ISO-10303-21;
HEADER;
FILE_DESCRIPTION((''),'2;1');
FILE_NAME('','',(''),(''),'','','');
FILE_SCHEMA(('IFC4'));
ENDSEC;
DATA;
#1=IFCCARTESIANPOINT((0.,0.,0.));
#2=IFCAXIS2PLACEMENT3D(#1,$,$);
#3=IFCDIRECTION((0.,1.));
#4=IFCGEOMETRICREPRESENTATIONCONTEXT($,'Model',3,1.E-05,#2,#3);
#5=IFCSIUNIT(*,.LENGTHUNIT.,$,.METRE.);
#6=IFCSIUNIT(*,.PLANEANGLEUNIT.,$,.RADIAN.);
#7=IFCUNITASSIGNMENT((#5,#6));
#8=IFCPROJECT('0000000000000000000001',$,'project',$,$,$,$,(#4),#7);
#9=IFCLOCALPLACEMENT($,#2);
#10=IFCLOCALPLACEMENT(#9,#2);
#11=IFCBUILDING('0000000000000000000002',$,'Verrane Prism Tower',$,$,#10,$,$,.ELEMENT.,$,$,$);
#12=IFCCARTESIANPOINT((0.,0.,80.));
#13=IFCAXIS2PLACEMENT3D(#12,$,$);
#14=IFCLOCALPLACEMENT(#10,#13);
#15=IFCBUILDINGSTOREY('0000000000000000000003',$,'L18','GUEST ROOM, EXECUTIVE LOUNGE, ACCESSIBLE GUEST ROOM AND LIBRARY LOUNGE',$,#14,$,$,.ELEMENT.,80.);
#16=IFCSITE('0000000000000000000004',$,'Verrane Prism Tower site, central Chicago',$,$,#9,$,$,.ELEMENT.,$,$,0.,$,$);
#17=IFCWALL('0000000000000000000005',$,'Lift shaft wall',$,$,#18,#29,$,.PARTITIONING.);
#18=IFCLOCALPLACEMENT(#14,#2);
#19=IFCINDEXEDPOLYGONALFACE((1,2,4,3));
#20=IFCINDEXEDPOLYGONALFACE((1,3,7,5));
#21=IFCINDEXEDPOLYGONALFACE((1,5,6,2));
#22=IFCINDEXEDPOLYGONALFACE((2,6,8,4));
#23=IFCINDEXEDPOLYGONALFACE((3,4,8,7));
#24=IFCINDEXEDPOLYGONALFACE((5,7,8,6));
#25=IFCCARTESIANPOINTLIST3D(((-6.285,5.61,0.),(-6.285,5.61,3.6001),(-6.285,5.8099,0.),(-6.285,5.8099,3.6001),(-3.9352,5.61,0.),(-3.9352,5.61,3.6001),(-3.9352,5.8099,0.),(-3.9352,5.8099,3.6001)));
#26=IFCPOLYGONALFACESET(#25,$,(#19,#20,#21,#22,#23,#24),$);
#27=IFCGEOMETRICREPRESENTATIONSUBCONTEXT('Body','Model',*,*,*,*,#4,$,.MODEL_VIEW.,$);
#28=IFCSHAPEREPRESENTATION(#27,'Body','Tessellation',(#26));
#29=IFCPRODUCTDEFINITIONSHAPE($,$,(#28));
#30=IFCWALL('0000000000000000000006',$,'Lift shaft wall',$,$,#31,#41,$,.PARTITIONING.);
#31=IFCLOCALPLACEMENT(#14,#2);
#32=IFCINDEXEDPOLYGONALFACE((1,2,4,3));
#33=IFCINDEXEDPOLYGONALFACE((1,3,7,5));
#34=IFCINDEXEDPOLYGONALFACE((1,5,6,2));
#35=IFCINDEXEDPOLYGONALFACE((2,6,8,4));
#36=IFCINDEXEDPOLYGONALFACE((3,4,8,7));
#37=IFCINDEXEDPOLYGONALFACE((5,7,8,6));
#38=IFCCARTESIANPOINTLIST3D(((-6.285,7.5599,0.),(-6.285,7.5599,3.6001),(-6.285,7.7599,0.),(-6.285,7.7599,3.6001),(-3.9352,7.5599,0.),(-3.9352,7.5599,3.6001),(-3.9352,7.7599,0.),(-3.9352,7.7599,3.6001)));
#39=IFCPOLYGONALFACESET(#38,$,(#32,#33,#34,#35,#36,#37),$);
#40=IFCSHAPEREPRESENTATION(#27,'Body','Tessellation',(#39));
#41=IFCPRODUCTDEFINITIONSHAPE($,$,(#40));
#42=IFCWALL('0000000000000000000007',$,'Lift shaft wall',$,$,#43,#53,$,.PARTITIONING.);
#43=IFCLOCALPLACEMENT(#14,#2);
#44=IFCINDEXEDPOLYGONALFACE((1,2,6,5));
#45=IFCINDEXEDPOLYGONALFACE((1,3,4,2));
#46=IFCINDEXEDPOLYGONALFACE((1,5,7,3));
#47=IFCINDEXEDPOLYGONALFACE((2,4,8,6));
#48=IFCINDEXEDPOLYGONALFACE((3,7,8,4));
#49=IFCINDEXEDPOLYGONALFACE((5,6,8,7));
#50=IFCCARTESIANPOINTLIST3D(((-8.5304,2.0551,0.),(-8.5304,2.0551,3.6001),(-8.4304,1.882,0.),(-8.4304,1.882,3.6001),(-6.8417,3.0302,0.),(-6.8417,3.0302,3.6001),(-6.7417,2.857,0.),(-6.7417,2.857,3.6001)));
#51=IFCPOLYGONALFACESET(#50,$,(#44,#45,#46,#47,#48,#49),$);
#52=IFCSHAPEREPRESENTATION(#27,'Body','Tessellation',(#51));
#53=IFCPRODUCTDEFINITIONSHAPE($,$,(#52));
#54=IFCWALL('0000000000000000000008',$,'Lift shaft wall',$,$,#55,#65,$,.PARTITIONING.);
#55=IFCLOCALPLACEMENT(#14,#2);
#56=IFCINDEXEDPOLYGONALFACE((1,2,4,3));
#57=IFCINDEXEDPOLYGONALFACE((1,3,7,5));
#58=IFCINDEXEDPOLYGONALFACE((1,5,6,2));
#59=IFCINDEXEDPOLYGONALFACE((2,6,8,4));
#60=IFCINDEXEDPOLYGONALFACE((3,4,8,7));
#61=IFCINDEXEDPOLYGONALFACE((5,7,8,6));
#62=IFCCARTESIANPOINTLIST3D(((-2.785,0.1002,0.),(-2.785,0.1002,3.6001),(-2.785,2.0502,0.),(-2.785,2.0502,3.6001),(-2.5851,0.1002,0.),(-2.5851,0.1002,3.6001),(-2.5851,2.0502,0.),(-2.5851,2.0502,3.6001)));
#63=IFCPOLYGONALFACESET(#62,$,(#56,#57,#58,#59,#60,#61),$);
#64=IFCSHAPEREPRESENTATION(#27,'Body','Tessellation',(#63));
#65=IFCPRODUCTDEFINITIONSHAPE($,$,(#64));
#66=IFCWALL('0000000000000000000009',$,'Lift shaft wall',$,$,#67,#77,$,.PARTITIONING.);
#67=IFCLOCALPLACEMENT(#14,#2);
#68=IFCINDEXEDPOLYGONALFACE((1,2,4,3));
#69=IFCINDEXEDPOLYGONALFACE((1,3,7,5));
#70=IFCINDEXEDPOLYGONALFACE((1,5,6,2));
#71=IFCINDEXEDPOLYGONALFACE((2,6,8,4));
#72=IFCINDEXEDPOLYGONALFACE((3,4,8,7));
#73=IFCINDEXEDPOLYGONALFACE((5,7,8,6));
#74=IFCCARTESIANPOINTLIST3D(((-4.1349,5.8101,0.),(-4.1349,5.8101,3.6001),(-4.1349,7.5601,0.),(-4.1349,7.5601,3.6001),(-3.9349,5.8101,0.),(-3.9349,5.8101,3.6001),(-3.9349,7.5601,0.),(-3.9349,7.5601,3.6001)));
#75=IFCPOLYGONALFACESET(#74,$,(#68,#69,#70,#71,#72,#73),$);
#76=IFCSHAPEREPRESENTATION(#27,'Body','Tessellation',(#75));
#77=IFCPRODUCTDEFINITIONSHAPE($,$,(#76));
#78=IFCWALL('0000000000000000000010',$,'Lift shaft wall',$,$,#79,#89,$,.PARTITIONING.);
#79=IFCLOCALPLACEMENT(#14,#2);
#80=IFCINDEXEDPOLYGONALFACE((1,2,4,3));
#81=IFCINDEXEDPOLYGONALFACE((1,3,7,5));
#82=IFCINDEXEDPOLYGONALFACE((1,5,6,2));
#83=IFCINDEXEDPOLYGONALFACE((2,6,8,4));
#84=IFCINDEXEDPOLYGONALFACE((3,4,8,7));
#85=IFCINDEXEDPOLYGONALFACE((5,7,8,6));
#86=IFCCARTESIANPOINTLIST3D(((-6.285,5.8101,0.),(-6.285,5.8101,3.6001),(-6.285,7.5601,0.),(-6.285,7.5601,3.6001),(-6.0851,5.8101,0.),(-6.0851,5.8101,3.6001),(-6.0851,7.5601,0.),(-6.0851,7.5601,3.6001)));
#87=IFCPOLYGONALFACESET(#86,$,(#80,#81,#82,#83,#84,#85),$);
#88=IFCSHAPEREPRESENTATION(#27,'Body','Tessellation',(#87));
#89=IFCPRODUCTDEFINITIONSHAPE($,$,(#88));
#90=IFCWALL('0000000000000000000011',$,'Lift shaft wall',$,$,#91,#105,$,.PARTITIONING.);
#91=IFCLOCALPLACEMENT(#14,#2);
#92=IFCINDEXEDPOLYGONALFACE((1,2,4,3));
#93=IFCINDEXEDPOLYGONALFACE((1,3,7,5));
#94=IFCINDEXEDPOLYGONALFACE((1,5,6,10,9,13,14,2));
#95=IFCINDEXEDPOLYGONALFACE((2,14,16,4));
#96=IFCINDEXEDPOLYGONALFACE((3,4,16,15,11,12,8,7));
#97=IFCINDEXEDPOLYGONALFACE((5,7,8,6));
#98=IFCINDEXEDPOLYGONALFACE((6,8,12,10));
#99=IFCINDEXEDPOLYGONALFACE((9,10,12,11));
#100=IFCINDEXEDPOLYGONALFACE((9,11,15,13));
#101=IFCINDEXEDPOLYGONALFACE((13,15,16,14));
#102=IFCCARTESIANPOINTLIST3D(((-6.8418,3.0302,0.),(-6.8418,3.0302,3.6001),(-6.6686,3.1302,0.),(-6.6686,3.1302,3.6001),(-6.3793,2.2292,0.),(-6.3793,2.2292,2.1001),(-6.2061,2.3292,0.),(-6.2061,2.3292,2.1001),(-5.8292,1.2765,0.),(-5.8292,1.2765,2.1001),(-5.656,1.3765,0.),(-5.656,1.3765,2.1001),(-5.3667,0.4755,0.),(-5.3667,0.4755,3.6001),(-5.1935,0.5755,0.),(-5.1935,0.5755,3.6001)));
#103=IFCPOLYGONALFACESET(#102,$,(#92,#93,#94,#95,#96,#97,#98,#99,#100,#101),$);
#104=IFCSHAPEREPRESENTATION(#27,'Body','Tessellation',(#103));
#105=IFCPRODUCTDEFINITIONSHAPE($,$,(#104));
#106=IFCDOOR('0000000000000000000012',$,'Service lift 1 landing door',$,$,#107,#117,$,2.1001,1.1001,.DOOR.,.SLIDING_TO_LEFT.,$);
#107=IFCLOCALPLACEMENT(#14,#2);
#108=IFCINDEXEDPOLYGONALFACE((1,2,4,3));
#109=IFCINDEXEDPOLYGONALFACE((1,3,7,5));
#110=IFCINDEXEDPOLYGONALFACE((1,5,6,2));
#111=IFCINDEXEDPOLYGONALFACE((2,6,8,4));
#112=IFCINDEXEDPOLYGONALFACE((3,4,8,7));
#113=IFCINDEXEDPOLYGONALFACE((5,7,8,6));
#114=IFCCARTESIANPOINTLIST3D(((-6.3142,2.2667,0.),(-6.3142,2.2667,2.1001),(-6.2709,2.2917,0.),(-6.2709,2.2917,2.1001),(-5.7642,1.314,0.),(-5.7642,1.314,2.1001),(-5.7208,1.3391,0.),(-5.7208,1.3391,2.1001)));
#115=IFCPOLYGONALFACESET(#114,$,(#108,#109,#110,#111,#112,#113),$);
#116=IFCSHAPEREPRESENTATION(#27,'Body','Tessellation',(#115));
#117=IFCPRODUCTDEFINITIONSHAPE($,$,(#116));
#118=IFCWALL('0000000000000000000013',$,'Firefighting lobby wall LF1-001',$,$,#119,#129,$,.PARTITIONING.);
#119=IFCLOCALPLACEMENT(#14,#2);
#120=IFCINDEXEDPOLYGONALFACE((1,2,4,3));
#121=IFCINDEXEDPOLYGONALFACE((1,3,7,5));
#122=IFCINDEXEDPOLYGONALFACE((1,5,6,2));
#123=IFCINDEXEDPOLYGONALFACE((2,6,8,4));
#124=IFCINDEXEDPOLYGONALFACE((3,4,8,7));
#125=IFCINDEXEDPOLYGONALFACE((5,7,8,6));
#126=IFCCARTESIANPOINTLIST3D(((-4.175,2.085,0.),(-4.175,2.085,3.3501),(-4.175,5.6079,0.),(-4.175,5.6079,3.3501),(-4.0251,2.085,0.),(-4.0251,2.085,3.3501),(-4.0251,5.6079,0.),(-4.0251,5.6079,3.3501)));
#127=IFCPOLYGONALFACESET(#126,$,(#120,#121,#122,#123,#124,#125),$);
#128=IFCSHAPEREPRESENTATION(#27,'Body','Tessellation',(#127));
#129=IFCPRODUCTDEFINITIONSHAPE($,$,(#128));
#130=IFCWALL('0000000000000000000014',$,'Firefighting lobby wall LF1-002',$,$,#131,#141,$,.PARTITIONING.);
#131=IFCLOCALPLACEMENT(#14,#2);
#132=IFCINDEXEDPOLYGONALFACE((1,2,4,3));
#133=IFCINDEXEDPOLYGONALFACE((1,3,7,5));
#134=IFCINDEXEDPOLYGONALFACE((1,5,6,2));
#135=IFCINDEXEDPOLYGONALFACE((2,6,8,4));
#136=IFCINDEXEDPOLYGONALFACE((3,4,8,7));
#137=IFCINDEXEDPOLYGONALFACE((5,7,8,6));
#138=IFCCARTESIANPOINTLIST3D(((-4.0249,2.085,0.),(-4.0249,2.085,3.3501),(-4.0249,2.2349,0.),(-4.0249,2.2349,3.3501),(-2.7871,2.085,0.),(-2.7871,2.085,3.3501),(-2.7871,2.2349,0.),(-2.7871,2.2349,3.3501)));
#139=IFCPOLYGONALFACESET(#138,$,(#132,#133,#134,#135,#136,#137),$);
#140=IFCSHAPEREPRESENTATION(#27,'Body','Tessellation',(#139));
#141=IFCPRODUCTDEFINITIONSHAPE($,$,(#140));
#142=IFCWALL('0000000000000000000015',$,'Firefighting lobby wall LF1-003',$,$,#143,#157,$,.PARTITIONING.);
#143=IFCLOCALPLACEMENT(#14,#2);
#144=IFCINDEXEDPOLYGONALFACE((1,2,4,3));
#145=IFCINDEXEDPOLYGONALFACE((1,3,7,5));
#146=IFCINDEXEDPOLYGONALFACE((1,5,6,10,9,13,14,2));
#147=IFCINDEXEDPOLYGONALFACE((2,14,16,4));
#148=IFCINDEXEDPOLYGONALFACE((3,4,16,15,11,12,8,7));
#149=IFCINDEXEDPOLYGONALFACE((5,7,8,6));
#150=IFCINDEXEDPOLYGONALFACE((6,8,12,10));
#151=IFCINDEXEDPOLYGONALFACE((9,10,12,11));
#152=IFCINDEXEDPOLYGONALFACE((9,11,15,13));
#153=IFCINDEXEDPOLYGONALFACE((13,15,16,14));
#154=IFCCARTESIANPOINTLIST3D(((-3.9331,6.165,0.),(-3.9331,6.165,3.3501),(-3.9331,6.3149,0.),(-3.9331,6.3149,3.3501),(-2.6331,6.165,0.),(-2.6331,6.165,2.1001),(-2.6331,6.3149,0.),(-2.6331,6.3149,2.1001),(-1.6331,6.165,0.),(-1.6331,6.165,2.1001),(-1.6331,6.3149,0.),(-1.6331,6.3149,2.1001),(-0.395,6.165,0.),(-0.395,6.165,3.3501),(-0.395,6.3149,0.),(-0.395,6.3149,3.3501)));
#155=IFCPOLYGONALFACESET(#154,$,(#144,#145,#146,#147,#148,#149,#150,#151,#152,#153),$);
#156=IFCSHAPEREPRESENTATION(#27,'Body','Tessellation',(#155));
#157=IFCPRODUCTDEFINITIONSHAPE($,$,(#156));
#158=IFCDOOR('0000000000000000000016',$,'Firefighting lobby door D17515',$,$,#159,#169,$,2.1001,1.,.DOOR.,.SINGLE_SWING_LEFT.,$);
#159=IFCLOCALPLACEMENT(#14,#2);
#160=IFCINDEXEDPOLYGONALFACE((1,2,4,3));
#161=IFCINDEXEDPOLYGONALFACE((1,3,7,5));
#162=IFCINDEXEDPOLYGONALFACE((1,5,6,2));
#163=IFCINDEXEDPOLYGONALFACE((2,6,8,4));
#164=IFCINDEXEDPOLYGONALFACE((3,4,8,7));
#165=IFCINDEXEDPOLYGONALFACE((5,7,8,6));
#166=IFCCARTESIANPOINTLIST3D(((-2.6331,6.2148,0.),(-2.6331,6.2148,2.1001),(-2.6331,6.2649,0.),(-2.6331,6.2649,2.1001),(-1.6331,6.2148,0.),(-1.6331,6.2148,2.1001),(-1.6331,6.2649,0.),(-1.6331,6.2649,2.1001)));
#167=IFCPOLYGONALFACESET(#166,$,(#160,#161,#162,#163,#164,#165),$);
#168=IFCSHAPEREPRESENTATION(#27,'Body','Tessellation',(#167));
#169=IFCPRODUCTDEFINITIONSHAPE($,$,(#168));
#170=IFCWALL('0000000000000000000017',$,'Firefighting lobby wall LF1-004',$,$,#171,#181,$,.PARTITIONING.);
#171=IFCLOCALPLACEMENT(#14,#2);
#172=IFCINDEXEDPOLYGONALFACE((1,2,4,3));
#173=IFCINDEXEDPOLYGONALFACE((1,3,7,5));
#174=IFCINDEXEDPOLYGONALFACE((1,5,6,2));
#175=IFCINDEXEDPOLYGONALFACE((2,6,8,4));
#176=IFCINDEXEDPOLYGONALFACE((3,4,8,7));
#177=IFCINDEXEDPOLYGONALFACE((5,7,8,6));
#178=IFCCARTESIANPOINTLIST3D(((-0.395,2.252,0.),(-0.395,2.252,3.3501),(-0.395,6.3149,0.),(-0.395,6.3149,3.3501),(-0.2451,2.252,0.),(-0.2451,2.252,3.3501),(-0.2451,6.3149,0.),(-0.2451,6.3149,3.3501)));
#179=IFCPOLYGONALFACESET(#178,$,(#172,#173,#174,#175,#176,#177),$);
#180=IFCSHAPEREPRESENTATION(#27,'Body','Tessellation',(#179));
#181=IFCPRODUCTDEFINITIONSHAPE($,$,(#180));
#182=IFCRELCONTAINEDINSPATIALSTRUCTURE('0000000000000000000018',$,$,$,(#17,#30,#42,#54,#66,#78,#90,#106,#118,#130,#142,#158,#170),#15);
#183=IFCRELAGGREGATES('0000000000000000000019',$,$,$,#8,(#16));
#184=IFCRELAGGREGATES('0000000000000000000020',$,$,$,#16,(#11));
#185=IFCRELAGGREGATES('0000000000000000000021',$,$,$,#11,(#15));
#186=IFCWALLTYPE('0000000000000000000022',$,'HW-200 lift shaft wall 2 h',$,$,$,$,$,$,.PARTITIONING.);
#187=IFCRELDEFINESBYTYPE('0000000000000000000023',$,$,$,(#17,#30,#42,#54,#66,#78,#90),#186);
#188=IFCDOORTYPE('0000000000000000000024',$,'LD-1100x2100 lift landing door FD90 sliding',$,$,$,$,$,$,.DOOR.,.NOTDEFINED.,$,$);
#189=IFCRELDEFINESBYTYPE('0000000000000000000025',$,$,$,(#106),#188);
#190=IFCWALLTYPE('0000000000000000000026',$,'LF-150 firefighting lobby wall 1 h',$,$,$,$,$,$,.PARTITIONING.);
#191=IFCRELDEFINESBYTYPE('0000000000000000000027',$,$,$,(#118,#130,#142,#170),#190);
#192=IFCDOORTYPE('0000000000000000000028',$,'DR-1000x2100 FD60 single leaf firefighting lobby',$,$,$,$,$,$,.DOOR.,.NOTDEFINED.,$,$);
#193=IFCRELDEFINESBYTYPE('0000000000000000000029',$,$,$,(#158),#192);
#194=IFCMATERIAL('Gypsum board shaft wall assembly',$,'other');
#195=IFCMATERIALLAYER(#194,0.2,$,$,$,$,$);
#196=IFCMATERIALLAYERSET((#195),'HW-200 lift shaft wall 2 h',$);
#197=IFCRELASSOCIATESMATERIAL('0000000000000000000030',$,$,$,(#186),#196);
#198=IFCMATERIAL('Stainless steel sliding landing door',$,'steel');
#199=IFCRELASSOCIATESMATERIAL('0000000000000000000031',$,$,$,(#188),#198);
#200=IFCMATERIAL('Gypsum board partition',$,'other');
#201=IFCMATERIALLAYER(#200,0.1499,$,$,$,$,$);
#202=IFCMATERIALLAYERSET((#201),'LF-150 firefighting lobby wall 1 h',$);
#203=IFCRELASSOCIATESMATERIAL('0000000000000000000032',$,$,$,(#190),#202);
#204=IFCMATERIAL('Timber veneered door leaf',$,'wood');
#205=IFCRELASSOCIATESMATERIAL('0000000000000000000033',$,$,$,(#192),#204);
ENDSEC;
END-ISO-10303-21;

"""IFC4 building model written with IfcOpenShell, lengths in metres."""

from ifc_helpers import new_model, si_unit, direction, frame, frame_2d, origin, place, context, subcontext, project, spatial, rectangle, extrude, material, layer, layer_set, type_object, element, fill, save


model = new_model("IFC4")

# Units and contexts
model_context = context("Model", 3, precision=1e-05, world=origin(), true_north=direction((0.0, 1.0)))
body_context = subcontext(model_context, "Body", "Model", "MODEL_VIEW")
ifc_project = project(units=[si_unit("LENGTHUNIT", "METRE"), si_unit("PLANEANGLEUNIT", "RADIAN")], contexts=[model_context])

# Site, building, storey
site_placement = place(None, origin())
site = spatial("IfcSite", under=ifc_project, at=site_placement, Name="Verrane Prism Tower site, central Chicago", CompositionType="ELEMENT", RefElevation=0.0)
building_placement = place(site_placement, origin())
building = spatial("IfcBuilding", under=site, at=building_placement, Name="Verrane Prism Tower", CompositionType="ELEMENT")
storey_placement = place(building_placement, frame((0.0, 0.0, 80.0)))
storey = spatial("IfcBuildingStorey", under=building, at=storey_placement, Name="L18", Description="GUEST ROOM, EXECUTIVE LOUNGE, ACCESSIBLE GUEST ROOM AND LIBRARY LOUNGE", CompositionType="ELEMENT", Elevation=80.0)

# Shared definitions
ifc_material_1 = material(Name="Gypsum board shaft wall assembly", Category="other")
ifc_layer_1 = layer(ifc_material_1, 0.2)
ifc_layer_set_1 = layer_set([ifc_layer_1], Name="HW-200 lift shaft wall 2 h")
wall_type_1 = type_object("IfcWallType", Name="HW-200 lift shaft wall 2 h", PredefinedType="PARTITIONING", material=ifc_layer_set_1)
ifc_material_2 = material(Name="Stainless steel sliding landing door", Category="steel")
door_type_1 = type_object("IfcDoorType", Name="LD-1100x2100 lift landing door FD90 sliding", OperationType="NOTDEFINED", PredefinedType="DOOR", material=ifc_material_2)

# Walls
for number, where, z_axis, x_axis, name in (
    (1, (-6.2849, 5.71, 0.0), (0.0, 0.0, 1.0), (1.0, 0.0, 0.0), "Lift shaft wall"),
    (2, (-6.2849, 7.6599, 0.0), (0.0, 0.0, 1.0), (1.0, 0.0, 0.0), "Lift shaft wall"),
):
    element("IfcWall", number, at=place(storey_placement, frame(where, z_axis=z_axis, x_axis=x_axis)), inside=storey, type_object=wall_type_1, Name=name, PredefinedType="PARTITIONING", context=body_context, shape_type="SweptSolid", body=[
        extrude(rectangle(XDim=2.3499, YDim=0.2, at=frame_2d((1.1748, 0.0))), origin(), (0.0, 0.0, 1.0), 3.6001),
    ])
for number, where, z_axis, x_axis, name in (
    (3, (-8.4805, 1.9685, 0.0), (0.0, 0.0, 1.0), (0.866, 0.500044, 0.0), "Lift shaft wall"),
    (4, (-2.6851, 0.1001, 0.0), (0.0, 0.0, 1.0), (0.0, 1.0, 0.0), "Lift shaft wall"),
):
    element("IfcWall", number, at=place(storey_placement, frame(where, z_axis=z_axis, x_axis=x_axis)), inside=storey, type_object=wall_type_1, Name=name, PredefinedType="PARTITIONING", context=body_context, shape_type="SweptSolid", body=[
        extrude(rectangle(XDim=1.95, YDim=0.2, at=frame_2d((0.9751, 0.0))), origin(), (0.0, 0.0, 1.0), 3.6001),
    ])
for number, where, z_axis, x_axis, name in (
    (5, (-4.0349, 5.8101, 0.0), (0.0, 0.0, 1.0), (0.0, 1.0, 0.0), "Lift shaft wall"),
    (6, (-6.1851, 5.8101, 0.0), (0.0, 0.0, 1.0), (0.0, 1.0, 0.0), "Lift shaft wall"),
):
    element("IfcWall", number, at=place(storey_placement, frame(where, z_axis=z_axis, x_axis=x_axis)), inside=storey, type_object=wall_type_1, Name=name, PredefinedType="PARTITIONING", context=body_context, shape_type="SweptSolid", body=[
        extrude(rectangle(XDim=1.75, YDim=0.2, at=frame_2d((0.875, 0.0))), origin(), (0.0, 0.0, 1.0), 3.6001),
    ])

# Wall, opening, door
wall_1_placement = place(storey_placement, frame((-5.28, 0.5254, 0.0), z_axis=(0.0, 0.0, 1.0), x_axis=(-0.500038, 0.866004, 0.0)))
wall_1 = element("IfcWall", 7, at=wall_1_placement, inside=storey, type_object=wall_type_1, Name="Lift shaft wall", PredefinedType="PARTITIONING", context=body_context, shape_type="SweptSolid", body=[
    extrude(rectangle(XDim=2.95, YDim=0.2, at=frame_2d((1.4751, 0.0))), origin(), (0.0, 0.0, 1.0), 3.6001),
])
opening_1_placement = place(wall_1_placement, frame((0.925, 0.0, 0.0)))
opening_1 = element("IfcOpeningElement", 8, at=opening_1_placement, cuts=wall_1, PredefinedType="OPENING", context=body_context, shape_type="SweptSolid", body=[
    extrude(rectangle(XDim=1.1001, YDim=2.1001, at=frame_2d((0.55, 1.05))), frame((0.0, 0.1099, 0.0), z_axis=(0.0, -1.0, 0.0), x_axis=(1.0, 0.0, 0.0)), (0.0, 0.0, 1.0), 0.22),
])
door_1_placement = place(opening_1_placement, origin())
door_1 = element("IfcDoor", 9, at=door_1_placement, inside=storey, type_object=door_type_1, Name="Service lift 1 landing door", OperationType="SLIDING_TO_LEFT", OverallHeight=2.1001, OverallWidth=1.1001, PredefinedType="DOOR", context=body_context, shape_type="SweptSolid", body=[
    extrude(rectangle(XDim=1.1001, YDim=2.1001, at=frame_2d((0.55, 1.05))), frame((0.0, 0.0249, 0.0), z_axis=(0.0, -1.0, 0.0), x_axis=(1.0, 0.0, 0.0)), (0.0, 0.0, 1.0), 0.05),
])
fill(opening_1, door_1)

# Walls
ifc_material_3 = material(Name="Gypsum board partition", Category="other")
ifc_layer_2 = layer(ifc_material_3, 0.1499)
ifc_layer_set_2 = layer_set([ifc_layer_2], Name="LF-150 firefighting lobby wall 1 h")
wall_type_2 = type_object("IfcWallType", Name="LF-150 firefighting lobby wall 1 h", PredefinedType="PARTITIONING", material=ifc_layer_set_2)
wall_2_placement = place(storey_placement, frame((-4.1001, 2.085, 0.0), z_axis=(0.0, 0.0, 1.0), x_axis=(0.0, 1.0, 0.0)))
element("IfcWall", 10, at=wall_2_placement, inside=storey, type_object=wall_type_2, Name="Firefighting lobby wall LF1-001", PredefinedType="PARTITIONING", context=body_context, shape_type="SweptSolid", body=[
    extrude(rectangle(XDim=3.5229, YDim=0.1499, at=frame_2d((1.7615, 0.0))), origin(), (0.0, 0.0, 1.0), 3.3501),
])
wall_3_placement = place(storey_placement, frame((-4.0249, 2.1599, 0.0), z_axis=(0.0, 0.0, 1.0), x_axis=(1.0, 0.0, 0.0)))
element("IfcWall", 11, at=wall_3_placement, inside=storey, type_object=wall_type_2, Name="Firefighting lobby wall LF1-002", PredefinedType="PARTITIONING", context=body_context, shape_type="SweptSolid", body=[
    extrude(rectangle(XDim=1.2378, YDim=0.1499, at=frame_2d((0.6189, 0.0))), origin(), (0.0, 0.0, 1.0), 3.3501),
])

# Wall, opening, door
wall_4_placement = place(storey_placement, frame((-3.9331, 6.24, 0.0), z_axis=(0.0, 0.0, 1.0), x_axis=(1.0, 0.0, 0.0)))
wall_4 = element("IfcWall", 12, at=wall_4_placement, inside=storey, type_object=wall_type_2, Name="Firefighting lobby wall LF1-003", PredefinedType="PARTITIONING", context=body_context, shape_type="SweptSolid", body=[
    extrude(rectangle(XDim=3.5381, YDim=0.1499, at=frame_2d((1.769, 0.0))), origin(), (0.0, 0.0, 1.0), 3.3501),
])
opening_2_placement = place(wall_4_placement, frame((1.3, 0.0, 0.0)))
opening_2 = element("IfcOpeningElement", 13, at=opening_2_placement, cuts=wall_4, PredefinedType="OPENING", context=body_context, shape_type="SweptSolid", body=[
    extrude(rectangle(XDim=1.0, YDim=2.1001, at=frame_2d((0.5, 1.05))), frame((0.0, 0.085, 0.0), z_axis=(0.0, -1.0, 0.0), x_axis=(1.0, 0.0, 0.0)), (0.0, 0.0, 1.0), 0.1699),
])
ifc_material_4 = material(Name="Timber veneered door leaf", Category="wood")
door_type_2 = type_object("IfcDoorType", Name="DR-1000x2100 FD60 single leaf firefighting lobby", OperationType="NOTDEFINED", PredefinedType="DOOR", material=ifc_material_4)
door_2_placement = place(opening_2_placement, origin())
door_2 = element("IfcDoor", 14, at=door_2_placement, inside=storey, type_object=door_type_2, Name="Firefighting lobby door D17515", OperationType="SINGLE_SWING_LEFT", OverallHeight=2.1001, OverallWidth=1.0, PredefinedType="DOOR", context=body_context, shape_type="SweptSolid", body=[
    extrude(rectangle(XDim=1.0, YDim=2.1001, at=frame_2d((0.5, 1.05))), frame((0.0, 0.0249, 0.0), z_axis=(0.0, -1.0, 0.0), x_axis=(1.0, 0.0, 0.0)), (0.0, 0.0, 1.0), 0.05),
])
fill(opening_2, door_2)

# Wall
wall_5_placement = place(storey_placement, frame((-0.3201, 2.252, 0.0), z_axis=(0.0, 0.0, 1.0), x_axis=(0.0, 1.0, 0.0)))
element("IfcWall", 15, at=wall_5_placement, inside=storey, type_object=wall_type_2, Name="Firefighting lobby wall LF1-004", PredefinedType="PARTITIONING", context=body_context, shape_type="SweptSolid", body=[
    extrude(rectangle(XDim=4.063, YDim=0.1499, at=frame_2d((2.0315, 0.0))), origin(), (0.0, 0.0, 1.0), 3.3501),
])

save(model, "model.ifc")
